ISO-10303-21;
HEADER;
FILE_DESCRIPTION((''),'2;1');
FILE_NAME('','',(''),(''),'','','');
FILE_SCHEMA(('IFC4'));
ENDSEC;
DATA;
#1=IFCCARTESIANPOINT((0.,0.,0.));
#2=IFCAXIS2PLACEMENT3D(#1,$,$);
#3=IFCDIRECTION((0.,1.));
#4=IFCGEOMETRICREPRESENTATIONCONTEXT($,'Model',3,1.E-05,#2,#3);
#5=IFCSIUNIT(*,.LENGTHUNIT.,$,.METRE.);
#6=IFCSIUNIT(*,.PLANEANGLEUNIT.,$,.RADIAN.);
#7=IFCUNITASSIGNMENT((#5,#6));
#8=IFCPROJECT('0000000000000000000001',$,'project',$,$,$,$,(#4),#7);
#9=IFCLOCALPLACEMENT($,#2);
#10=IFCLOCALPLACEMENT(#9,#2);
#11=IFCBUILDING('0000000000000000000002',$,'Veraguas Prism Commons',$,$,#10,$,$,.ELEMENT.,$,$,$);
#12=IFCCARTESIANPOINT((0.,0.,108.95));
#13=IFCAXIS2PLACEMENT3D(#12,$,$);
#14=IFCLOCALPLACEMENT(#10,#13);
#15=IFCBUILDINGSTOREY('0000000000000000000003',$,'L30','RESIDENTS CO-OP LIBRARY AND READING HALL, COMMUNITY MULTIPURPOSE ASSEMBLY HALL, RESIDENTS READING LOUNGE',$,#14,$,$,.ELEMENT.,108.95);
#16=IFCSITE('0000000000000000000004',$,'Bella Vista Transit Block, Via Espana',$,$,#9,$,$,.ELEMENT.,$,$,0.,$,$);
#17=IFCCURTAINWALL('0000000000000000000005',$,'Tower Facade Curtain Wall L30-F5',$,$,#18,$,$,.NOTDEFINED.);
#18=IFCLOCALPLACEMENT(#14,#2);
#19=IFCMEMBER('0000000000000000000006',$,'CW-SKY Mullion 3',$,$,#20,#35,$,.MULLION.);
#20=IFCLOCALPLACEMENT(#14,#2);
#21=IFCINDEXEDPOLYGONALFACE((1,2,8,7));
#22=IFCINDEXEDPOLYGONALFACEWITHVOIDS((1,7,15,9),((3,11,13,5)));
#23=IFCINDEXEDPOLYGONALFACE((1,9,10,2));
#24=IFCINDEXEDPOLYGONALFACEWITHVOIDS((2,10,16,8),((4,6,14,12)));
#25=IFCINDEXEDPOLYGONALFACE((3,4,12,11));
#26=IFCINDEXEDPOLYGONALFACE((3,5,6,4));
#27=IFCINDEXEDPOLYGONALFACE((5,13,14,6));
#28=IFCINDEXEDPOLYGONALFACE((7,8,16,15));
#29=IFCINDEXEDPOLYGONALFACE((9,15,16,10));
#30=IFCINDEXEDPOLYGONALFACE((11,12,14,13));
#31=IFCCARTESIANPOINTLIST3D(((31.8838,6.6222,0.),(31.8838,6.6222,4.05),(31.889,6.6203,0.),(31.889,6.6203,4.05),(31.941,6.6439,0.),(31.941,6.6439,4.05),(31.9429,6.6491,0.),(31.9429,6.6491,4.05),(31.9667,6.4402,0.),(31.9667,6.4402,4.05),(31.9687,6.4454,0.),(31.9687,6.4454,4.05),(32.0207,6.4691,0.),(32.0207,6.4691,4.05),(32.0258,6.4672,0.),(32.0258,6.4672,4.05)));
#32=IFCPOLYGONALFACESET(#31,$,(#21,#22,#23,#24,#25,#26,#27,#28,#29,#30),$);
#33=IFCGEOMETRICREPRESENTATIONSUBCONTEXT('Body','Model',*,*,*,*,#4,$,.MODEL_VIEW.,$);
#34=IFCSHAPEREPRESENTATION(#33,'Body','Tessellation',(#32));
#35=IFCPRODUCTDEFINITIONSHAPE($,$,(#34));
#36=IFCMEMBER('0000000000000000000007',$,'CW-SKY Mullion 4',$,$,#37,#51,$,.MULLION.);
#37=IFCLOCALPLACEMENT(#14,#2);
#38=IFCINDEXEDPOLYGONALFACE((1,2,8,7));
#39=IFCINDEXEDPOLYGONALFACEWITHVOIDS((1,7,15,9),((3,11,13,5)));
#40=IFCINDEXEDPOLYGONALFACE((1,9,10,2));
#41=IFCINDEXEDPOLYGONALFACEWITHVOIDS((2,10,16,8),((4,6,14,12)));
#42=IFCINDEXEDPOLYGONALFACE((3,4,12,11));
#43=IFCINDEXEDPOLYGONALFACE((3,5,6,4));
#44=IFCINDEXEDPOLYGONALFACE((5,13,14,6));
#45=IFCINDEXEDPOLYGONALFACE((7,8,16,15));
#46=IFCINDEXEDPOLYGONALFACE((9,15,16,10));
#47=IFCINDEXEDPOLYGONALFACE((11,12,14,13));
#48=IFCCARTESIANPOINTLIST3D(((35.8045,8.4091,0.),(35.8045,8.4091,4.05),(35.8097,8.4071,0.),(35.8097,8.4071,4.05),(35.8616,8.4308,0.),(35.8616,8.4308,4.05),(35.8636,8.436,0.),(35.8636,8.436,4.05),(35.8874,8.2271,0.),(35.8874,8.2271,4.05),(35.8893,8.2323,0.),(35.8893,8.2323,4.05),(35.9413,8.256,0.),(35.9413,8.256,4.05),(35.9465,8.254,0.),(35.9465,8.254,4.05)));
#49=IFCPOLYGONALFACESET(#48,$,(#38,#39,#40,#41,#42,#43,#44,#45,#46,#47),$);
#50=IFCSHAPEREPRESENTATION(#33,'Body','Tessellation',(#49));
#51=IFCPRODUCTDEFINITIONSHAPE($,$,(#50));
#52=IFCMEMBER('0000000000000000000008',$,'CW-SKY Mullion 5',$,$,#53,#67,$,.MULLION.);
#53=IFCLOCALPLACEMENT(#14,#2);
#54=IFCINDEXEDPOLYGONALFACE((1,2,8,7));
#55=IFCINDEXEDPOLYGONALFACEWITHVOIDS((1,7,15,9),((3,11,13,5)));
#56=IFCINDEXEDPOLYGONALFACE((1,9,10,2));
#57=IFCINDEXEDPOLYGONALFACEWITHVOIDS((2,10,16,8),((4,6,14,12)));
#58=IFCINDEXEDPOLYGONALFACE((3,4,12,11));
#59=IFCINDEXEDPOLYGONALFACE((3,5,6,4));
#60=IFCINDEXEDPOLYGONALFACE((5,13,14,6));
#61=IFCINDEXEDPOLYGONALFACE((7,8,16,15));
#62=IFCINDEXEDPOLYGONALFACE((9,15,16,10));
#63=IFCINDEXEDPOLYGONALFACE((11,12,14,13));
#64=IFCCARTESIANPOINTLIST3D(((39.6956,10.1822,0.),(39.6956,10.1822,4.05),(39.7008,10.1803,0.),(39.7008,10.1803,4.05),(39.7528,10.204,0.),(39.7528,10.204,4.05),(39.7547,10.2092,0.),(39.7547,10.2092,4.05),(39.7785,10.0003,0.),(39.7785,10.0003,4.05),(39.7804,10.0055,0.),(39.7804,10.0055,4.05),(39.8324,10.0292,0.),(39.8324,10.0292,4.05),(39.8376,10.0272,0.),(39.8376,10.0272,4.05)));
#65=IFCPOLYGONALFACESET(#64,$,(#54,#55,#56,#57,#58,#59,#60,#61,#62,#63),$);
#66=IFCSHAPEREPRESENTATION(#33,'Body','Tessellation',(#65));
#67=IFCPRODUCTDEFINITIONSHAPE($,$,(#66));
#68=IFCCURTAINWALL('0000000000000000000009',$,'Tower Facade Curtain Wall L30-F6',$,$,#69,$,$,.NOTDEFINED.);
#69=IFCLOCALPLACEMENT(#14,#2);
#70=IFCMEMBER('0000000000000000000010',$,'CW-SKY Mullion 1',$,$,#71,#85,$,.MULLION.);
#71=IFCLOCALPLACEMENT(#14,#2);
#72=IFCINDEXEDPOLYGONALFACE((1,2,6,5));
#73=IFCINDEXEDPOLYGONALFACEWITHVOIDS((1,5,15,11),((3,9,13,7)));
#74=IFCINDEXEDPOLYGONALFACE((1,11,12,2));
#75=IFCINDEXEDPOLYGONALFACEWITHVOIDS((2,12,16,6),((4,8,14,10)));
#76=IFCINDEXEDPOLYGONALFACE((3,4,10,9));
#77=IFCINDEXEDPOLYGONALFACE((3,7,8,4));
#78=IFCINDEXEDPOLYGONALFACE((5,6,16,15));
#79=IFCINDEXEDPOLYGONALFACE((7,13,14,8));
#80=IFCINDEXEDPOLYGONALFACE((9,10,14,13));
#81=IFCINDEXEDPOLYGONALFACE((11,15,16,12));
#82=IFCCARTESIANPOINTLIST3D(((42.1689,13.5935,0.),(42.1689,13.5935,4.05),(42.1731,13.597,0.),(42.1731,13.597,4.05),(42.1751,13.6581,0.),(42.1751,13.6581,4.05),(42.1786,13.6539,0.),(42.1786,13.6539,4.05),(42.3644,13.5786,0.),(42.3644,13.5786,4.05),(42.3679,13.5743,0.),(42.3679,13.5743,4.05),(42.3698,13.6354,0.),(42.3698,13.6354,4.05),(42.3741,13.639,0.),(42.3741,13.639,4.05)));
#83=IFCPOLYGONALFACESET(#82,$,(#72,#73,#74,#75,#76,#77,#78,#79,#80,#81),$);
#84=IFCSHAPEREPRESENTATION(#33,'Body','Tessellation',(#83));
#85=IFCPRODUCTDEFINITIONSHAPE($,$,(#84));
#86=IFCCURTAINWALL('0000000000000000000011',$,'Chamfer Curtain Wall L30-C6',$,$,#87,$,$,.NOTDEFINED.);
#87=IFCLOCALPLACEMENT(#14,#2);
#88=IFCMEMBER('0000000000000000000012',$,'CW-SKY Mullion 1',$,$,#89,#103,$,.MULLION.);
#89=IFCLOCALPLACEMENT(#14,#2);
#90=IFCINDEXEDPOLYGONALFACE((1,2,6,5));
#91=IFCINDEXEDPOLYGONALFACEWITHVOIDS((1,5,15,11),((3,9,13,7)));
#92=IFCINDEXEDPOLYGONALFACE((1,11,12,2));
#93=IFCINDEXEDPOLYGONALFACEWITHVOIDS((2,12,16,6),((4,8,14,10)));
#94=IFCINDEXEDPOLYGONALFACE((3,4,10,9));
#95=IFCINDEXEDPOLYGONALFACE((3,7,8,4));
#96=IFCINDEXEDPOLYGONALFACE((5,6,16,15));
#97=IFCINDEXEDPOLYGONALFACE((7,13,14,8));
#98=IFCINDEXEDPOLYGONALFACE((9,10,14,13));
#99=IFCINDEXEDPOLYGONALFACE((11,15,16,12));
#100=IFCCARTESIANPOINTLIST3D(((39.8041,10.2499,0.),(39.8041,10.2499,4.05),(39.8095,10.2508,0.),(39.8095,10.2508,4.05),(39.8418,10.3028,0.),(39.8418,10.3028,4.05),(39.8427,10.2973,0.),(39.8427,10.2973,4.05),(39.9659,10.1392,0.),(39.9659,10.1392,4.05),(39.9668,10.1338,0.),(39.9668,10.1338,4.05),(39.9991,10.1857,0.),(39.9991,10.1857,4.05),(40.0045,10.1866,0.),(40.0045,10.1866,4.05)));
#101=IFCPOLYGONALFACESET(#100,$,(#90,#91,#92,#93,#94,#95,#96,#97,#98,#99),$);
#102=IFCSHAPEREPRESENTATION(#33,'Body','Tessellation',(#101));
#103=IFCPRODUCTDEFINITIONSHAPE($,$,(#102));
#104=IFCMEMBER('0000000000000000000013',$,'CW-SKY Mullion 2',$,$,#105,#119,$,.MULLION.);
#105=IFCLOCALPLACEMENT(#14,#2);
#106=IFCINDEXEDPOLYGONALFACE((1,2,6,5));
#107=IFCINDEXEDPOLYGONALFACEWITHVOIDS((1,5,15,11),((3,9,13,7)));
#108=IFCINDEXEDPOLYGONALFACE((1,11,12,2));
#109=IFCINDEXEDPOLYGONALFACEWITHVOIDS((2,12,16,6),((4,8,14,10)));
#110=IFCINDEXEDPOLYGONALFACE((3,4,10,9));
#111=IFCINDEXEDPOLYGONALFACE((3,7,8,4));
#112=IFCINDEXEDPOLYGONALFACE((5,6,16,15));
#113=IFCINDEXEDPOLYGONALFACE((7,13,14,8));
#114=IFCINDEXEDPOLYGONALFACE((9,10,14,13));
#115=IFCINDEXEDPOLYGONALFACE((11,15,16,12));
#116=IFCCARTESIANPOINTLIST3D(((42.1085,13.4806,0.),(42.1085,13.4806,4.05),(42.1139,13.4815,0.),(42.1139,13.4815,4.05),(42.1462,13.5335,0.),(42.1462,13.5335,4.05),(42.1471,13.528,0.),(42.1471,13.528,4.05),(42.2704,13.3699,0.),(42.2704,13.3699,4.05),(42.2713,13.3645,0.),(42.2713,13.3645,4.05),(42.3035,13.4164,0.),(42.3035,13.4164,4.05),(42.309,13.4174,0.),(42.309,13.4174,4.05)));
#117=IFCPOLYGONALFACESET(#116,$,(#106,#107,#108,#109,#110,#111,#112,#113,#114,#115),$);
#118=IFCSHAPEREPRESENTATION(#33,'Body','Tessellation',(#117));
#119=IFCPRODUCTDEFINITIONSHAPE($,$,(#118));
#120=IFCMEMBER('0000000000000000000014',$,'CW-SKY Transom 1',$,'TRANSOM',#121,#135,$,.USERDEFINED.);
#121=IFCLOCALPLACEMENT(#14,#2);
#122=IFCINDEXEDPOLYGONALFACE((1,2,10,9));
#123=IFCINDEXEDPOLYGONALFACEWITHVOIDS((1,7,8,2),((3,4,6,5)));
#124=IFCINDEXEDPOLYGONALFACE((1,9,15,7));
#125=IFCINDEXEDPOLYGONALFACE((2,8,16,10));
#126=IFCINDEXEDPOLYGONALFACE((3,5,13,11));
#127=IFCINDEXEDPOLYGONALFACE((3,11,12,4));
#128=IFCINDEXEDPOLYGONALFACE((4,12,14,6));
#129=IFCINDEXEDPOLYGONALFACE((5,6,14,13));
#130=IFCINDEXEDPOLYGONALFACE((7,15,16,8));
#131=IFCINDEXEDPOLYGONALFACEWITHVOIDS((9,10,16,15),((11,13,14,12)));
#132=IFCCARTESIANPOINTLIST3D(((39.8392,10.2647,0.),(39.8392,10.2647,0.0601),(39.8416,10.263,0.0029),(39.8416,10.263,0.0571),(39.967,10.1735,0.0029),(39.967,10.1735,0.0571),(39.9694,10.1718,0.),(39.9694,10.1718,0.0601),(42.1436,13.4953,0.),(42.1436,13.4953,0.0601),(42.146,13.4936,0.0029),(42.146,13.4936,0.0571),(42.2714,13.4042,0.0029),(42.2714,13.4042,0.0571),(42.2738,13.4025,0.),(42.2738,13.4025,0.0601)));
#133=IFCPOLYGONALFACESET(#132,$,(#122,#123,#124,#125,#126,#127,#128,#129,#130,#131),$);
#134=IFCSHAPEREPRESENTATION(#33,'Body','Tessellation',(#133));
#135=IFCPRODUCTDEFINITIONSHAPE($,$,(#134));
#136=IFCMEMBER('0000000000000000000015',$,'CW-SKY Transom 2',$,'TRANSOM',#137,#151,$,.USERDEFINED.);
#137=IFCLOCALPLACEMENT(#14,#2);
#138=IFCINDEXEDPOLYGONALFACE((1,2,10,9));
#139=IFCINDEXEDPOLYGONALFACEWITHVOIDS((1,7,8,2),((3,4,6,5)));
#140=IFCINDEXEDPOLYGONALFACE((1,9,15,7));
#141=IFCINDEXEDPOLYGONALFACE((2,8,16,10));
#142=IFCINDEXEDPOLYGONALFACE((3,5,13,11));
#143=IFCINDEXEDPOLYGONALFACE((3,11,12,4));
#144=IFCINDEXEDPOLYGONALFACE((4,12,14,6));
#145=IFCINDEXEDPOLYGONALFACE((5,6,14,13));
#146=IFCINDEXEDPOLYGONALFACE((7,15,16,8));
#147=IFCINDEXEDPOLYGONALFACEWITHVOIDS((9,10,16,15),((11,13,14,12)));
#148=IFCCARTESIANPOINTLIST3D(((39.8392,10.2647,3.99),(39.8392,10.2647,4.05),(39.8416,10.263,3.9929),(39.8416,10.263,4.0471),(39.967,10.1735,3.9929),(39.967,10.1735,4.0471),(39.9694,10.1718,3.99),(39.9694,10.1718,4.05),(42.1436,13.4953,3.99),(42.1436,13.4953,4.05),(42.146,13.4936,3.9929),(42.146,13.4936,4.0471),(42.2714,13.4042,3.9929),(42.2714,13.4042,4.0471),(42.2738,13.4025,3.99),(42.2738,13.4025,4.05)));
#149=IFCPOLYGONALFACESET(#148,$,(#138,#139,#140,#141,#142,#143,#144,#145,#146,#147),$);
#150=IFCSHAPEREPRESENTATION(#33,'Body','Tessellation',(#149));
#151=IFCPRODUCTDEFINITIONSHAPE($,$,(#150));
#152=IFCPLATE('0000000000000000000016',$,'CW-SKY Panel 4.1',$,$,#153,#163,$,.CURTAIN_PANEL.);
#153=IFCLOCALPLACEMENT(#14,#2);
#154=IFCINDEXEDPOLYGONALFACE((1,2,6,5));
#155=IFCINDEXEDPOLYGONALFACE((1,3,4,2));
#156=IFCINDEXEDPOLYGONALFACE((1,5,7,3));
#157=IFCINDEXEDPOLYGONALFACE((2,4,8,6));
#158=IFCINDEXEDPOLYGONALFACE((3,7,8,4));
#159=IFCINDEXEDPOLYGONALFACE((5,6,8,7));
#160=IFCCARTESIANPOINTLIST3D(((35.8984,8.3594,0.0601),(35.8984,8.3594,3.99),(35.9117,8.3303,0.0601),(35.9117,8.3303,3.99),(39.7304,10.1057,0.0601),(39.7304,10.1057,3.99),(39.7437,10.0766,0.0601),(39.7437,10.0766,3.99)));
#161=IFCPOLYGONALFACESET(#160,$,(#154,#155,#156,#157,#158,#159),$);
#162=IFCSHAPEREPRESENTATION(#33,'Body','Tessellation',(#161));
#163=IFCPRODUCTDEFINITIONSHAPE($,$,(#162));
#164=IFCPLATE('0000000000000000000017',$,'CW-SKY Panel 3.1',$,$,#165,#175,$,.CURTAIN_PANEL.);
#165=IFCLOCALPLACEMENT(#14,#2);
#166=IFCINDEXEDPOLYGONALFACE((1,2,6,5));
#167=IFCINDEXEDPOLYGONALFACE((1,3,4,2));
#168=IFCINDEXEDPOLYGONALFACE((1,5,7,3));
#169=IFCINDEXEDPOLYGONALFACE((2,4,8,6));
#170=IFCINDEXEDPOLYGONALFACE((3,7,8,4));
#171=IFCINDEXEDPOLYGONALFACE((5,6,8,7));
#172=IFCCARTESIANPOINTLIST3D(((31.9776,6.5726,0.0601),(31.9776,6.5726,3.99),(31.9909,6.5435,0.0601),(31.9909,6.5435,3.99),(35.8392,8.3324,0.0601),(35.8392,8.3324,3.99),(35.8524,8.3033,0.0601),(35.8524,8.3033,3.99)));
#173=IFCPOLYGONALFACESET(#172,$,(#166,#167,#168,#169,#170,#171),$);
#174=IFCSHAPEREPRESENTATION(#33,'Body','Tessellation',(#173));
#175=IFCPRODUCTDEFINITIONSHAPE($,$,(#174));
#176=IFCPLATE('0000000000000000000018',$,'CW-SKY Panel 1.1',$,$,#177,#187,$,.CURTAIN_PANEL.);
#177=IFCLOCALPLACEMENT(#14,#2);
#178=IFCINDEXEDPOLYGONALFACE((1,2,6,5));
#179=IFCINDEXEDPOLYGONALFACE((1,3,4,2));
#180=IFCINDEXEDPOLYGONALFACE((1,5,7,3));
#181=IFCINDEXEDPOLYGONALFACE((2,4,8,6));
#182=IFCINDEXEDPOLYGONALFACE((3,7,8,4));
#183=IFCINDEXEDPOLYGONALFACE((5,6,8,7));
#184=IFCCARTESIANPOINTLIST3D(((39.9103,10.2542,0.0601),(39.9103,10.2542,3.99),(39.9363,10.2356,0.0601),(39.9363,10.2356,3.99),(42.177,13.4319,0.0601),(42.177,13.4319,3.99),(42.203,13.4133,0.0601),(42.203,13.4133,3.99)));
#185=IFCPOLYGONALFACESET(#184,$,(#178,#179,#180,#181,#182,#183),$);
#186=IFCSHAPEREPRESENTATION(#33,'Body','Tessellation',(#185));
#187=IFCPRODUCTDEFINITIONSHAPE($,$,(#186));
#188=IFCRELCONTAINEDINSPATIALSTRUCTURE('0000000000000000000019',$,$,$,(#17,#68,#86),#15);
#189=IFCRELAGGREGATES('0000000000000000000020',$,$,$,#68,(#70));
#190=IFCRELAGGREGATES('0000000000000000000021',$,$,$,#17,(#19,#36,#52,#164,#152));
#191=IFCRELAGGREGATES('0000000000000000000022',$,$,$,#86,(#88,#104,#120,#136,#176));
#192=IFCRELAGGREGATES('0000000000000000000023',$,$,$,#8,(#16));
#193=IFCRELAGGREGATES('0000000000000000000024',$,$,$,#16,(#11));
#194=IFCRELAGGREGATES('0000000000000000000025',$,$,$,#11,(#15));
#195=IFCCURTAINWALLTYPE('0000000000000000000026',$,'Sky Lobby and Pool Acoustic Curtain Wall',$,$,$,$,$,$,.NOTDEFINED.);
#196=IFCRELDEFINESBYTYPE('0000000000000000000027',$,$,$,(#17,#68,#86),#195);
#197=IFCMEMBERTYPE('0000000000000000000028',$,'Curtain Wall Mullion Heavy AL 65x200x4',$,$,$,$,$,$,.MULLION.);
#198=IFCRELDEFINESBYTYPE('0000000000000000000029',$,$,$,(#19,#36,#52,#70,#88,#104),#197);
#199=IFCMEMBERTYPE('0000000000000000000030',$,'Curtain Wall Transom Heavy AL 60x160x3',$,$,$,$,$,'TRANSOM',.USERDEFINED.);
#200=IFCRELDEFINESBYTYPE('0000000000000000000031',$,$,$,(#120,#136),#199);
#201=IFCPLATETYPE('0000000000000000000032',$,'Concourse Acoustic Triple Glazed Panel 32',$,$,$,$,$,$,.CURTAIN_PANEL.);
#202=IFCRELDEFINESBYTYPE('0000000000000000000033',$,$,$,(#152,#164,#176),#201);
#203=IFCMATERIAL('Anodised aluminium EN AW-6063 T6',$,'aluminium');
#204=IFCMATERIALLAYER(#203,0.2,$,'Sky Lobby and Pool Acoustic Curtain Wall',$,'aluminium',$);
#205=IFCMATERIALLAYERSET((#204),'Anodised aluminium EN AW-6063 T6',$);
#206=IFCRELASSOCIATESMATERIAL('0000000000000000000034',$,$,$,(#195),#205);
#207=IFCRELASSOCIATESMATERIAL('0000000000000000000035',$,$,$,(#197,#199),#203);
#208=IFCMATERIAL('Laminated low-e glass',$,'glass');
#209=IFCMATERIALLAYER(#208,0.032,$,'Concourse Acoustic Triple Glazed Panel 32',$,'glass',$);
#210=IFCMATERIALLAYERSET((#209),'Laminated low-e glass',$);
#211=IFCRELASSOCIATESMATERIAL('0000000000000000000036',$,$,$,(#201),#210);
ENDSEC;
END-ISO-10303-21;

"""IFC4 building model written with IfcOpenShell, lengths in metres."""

from ifc_helpers import new_model, si_unit, direction, frame, origin, origin_2d, place, context, subcontext, project, spatial, rectangle, hollow_rectangle, extrude, source, transform, mapped, material, layer, layer_set, material_profile, profile_set, type_object, element, aggregate, save


model = new_model("IFC4")

# Units and contexts
model_context = context("Model", 3, precision=1e-05, world=origin(), true_north=direction((0.0, 1.0)))
body_context = subcontext(model_context, "Body", "Model", "MODEL_VIEW")
ifc_project = project(units=[si_unit("LENGTHUNIT", "METRE"), si_unit("PLANEANGLEUNIT", "RADIAN")], contexts=[model_context])

# Site, building, storey
site_placement = place(None, origin())
site = spatial("IfcSite", under=ifc_project, at=site_placement, Name="Bella Vista Transit Block, Via Espana", CompositionType="ELEMENT", RefElevation=0.0)
building_placement = place(site_placement, origin())
building = spatial("IfcBuilding", under=site, at=building_placement, Name="Veraguas Prism Commons", CompositionType="ELEMENT")
storey_placement = place(building_placement, frame((0.0, 0.0, 108.95)))
storey = spatial("IfcBuildingStorey", under=building, at=storey_placement, Name="L30", Description="RESIDENTS CO-OP LIBRARY AND READING HALL, COMMUNITY MULTIPURPOSE ASSEMBLY HALL, RESIDENTS READING LOUNGE", CompositionType="ELEMENT", Elevation=108.95)

# Curtain wall, members
ifc_material_1 = material(Name="Anodised aluminium EN AW-6063 T6", Category="aluminium")
ifc_layer_1 = layer(ifc_material_1, 0.2, Name="Sky Lobby and Pool Acoustic Curtain Wall", Category="aluminium")
ifc_layer_set_1 = layer_set([ifc_layer_1], Name="Anodised aluminium EN AW-6063 T6")
curtain_wall_type = type_object("IfcCurtainWallType", Name="Sky Lobby and Pool Acoustic Curtain Wall", PredefinedType="NOTDEFINED", material=ifc_layer_set_1)
curtain_wall_1_placement = place(storey_placement, origin())
curtain_wall_1 = element("IfcCurtainWall", 1, at=curtain_wall_1_placement, inside=storey, type_object=curtain_wall_type, Name="Tower Facade Curtain Wall L30-F5", PredefinedType="NOTDEFINED")
ifc_material_profile_1 = material_profile(ifc_material_1, hollow_rectangle(XDim=0.0649, YDim=0.2, WallThickness=0.0039, at=origin_2d()), Name="AL65X200X4")
ifc_profile_set_1 = profile_set([ifc_material_profile_1], Name="Anodised aluminium EN AW-6063 T6")
member_type_1 = type_object("IfcMemberType", Name="Curtain Wall Mullion Heavy AL 65x200x4", PredefinedType="MULLION", material=ifc_profile_set_1)
shared_shape_1 = source(origin(), body_context, "Body", "SweptSolid", [
    extrude(hollow_rectangle(XDim=0.0649, YDim=0.2, WallThickness=0.0039, at=origin_2d()), origin(), (0.0, 0.0, 1.0), 4.05),
])
member_1_placement = place(storey_placement, frame((31.9548, 6.5447, 0.0), z_axis=(0.0, 0.0, 1.0), x_axis=(0.909961, 0.414695, 0.0)))
member_1 = element("IfcMember", 2, at=member_1_placement, type_object=member_type_1, Name="CW-SKY Mullion 3", PredefinedType="MULLION", context=body_context, shape_type="MappedRepresentation", body=[
    mapped(shared_shape_1, transform((0.0, 0.0, 0.0), scale=1.0)),
])
member_2_placement = place(storey_placement, frame((35.8755, 8.3315, 0.0), z_axis=(0.0, 0.0, 1.0), x_axis=(0.909961, 0.414695, 0.0)))
member_2 = element("IfcMember", 3, at=member_2_placement, type_object=member_type_1, Name="CW-SKY Mullion 4", PredefinedType="MULLION", context=body_context, shape_type="MappedRepresentation", body=[
    mapped(shared_shape_1, transform((0.0, 0.0, 0.0), scale=1.0)),
])
member_3_placement = place(storey_placement, frame((39.7666, 10.1047, 0.0), z_axis=(0.0, 0.0, 1.0), x_axis=(0.909961, 0.414695, 0.0)))
member_3 = element("IfcMember", 4, at=member_3_placement, type_object=member_type_1, Name="CW-SKY Mullion 5", PredefinedType="MULLION", context=body_context, shape_type="MappedRepresentation", body=[
    mapped(shared_shape_1, transform((0.0, 0.0, 0.0), scale=1.0)),
])

# Curtain wall, member
curtain_wall_2_placement = place(storey_placement, origin())
curtain_wall_2 = element("IfcCurtainWall", 5, at=curtain_wall_2_placement, inside=storey, type_object=curtain_wall_type, Name="Tower Facade Curtain Wall L30-F6", PredefinedType="NOTDEFINED")
member_4_placement = place(storey_placement, frame((42.2715, 13.6162, 0.0), z_axis=(0.0, 0.0, 1.0), x_axis=(0.095837, 0.995397, 0.0)))
member_4 = element("IfcMember", 6, at=member_4_placement, type_object=member_type_1, Name="CW-SKY Mullion 1", PredefinedType="MULLION", context=body_context, shape_type="MappedRepresentation", body=[
    mapped(shared_shape_1, transform((0.0, 0.0, 0.0), scale=1.0)),
])
aggregate(curtain_wall_2, [member_4])

# Curtain wall, members
curtain_wall_3_placement = place(storey_placement, origin())
curtain_wall_3 = element("IfcCurtainWall", 7, at=curtain_wall_3_placement, inside=storey, type_object=curtain_wall_type, Name="Chamfer Curtain Wall L30-C6", PredefinedType="NOTDEFINED")
member_5_placement = place(storey_placement, frame((39.9043, 10.2183, 0.0), z_axis=(0.0, 0.0, 1.0), x_axis=(0.58072, 0.814103, 0.0)))
member_5 = element("IfcMember", 8, at=member_5_placement, type_object=member_type_1, Name="CW-SKY Mullion 1", PredefinedType="MULLION", context=body_context, shape_type="MappedRepresentation", body=[
    mapped(shared_shape_1, transform((0.0, 0.0, 0.0), scale=1.0)),
])
member_6_placement = place(storey_placement, frame((42.2087, 13.449, 0.0), z_axis=(0.0, 0.0, 1.0), x_axis=(0.58072, 0.814103, 0.0)))
member_6 = element("IfcMember", 9, at=member_6_placement, type_object=member_type_1, Name="CW-SKY Mullion 2", PredefinedType="MULLION", context=body_context, shape_type="MappedRepresentation", body=[
    mapped(shared_shape_1, transform((0.0, 0.0, 0.0), scale=1.0)),
])
ifc_material_profile_2 = material_profile(ifc_material_1, hollow_rectangle(XDim=0.0601, YDim=0.1599, WallThickness=0.0029, at=origin_2d()), Name="AL60X160X3")
ifc_profile_set_2 = profile_set([ifc_material_profile_2], Name="Anodised aluminium EN AW-6063 T6")
member_type_2 = type_object("IfcMemberType", Name="Curtain Wall Transom Heavy AL 60x160x3", ElementType="TRANSOM", PredefinedType="USERDEFINED", material=ifc_profile_set_2)
shared_shape_2 = source(origin(), body_context, "Body", "SweptSolid", [
    extrude(hollow_rectangle(XDim=0.0601, YDim=0.1599, WallThickness=0.0029, at=origin_2d()), origin(), (0.0, 0.0, 1.0), 3.9683),
])
member_7_placement = place(storey_placement, frame((39.9043, 10.2183, 0.03), z_axis=(0.580703, 0.814116, 0.0), x_axis=(0.0, 0.0, 1.0)))
member_7 = element("IfcMember", 10, at=member_7_placement, type_object=member_type_2, Name="CW-SKY Transom 1", ObjectType="TRANSOM", PredefinedType="USERDEFINED", context=body_context, shape_type="MappedRepresentation", body=[
    mapped(shared_shape_2, transform((0.0, 0.0, 0.0), scale=1.0)),
])
member_8_placement = place(storey_placement, frame((39.9043, 10.2183, 4.02), z_axis=(0.580703, 0.814116, 0.0), x_axis=(0.0, 0.0, 1.0)))
member_8 = element("IfcMember", 11, at=member_8_placement, type_object=member_type_2, Name="CW-SKY Transom 2", ObjectType="TRANSOM", PredefinedType="USERDEFINED", context=body_context, shape_type="MappedRepresentation", body=[
    mapped(shared_shape_2, transform((0.0, 0.0, 0.0), scale=1.0)),
])

# Plates
ifc_material_2 = material(Name="Laminated low-e glass", Category="glass")
ifc_layer_2 = layer(ifc_material_2, 0.032, Name="Concourse Acoustic Triple Glazed Panel 32", Category="glass")
ifc_layer_set_2 = layer_set([ifc_layer_2], Name="Laminated low-e glass")
plate_type = type_object("IfcPlateType", Name="Concourse Acoustic Triple Glazed Panel 32", PredefinedType="CURTAIN_PANEL", material=ifc_layer_set_2)
shared_shape_3 = source(origin(), body_context, "Body", "SweptSolid", [
    extrude(rectangle(XDim=4.2112, YDim=0.032, at=origin_2d()), origin(), (0.0, 0.0, 1.0), 3.9299),
])
plate_1_placement = place(storey_placement, frame((37.821, 9.218, 0.0601), z_axis=(0.0, 0.0, 1.0), x_axis=(0.909961, 0.414695, 0.0)))
plate_1 = element("IfcPlate", 12, at=plate_1_placement, type_object=plate_type, Name="CW-SKY Panel 4.1", PredefinedType="CURTAIN_PANEL", context=body_context, shape_type="MappedRepresentation", body=[
    mapped(shared_shape_3, transform((0.0, 0.0, 0.0), scale=1.0)),
])
shared_shape_4 = source(origin(), body_context, "Body", "SweptSolid", [
    extrude(rectangle(XDim=4.2437, YDim=0.032, at=origin_2d()), origin(), (0.0, 0.0, 1.0), 3.9299),
])
plate_2_placement = place(storey_placement, frame((33.915, 7.438, 0.0601), z_axis=(0.0, 0.0, 1.0), x_axis=(0.909961, 0.414695, 0.0)))
plate_2 = element("IfcPlate", 13, at=plate_2_placement, type_object=plate_type, Name="CW-SKY Panel 3.1", PredefinedType="CURTAIN_PANEL", context=body_context, shape_type="MappedRepresentation", body=[
    mapped(shared_shape_4, transform((0.0, 0.0, 0.0), scale=1.0)),
])
aggregate(curtain_wall_1, [member_1, member_2, member_3, plate_2, plate_1])
shared_shape_5 = source(origin(), body_context, "Body", "SweptSolid", [
    extrude(rectangle(XDim=3.9033, YDim=0.032, at=origin_2d()), origin(), (0.0, 0.0, 1.0), 3.9299),
])
plate_3_placement = place(storey_placement, frame((41.0566, 11.8337, 0.0601), z_axis=(0.0, 0.0, 1.0), x_axis=(0.58072, 0.814103, 0.0)))
plate_3 = element("IfcPlate", 14, at=plate_3_placement, type_object=plate_type, Name="CW-SKY Panel 1.1", PredefinedType="CURTAIN_PANEL", context=body_context, shape_type="MappedRepresentation", body=[
    mapped(shared_shape_5, transform((0.0, 0.0, 0.0), scale=1.0)),
])
aggregate(curtain_wall_3, [member_5, member_6, member_7, member_8, plate_3])

save(model, "model.ifc")
